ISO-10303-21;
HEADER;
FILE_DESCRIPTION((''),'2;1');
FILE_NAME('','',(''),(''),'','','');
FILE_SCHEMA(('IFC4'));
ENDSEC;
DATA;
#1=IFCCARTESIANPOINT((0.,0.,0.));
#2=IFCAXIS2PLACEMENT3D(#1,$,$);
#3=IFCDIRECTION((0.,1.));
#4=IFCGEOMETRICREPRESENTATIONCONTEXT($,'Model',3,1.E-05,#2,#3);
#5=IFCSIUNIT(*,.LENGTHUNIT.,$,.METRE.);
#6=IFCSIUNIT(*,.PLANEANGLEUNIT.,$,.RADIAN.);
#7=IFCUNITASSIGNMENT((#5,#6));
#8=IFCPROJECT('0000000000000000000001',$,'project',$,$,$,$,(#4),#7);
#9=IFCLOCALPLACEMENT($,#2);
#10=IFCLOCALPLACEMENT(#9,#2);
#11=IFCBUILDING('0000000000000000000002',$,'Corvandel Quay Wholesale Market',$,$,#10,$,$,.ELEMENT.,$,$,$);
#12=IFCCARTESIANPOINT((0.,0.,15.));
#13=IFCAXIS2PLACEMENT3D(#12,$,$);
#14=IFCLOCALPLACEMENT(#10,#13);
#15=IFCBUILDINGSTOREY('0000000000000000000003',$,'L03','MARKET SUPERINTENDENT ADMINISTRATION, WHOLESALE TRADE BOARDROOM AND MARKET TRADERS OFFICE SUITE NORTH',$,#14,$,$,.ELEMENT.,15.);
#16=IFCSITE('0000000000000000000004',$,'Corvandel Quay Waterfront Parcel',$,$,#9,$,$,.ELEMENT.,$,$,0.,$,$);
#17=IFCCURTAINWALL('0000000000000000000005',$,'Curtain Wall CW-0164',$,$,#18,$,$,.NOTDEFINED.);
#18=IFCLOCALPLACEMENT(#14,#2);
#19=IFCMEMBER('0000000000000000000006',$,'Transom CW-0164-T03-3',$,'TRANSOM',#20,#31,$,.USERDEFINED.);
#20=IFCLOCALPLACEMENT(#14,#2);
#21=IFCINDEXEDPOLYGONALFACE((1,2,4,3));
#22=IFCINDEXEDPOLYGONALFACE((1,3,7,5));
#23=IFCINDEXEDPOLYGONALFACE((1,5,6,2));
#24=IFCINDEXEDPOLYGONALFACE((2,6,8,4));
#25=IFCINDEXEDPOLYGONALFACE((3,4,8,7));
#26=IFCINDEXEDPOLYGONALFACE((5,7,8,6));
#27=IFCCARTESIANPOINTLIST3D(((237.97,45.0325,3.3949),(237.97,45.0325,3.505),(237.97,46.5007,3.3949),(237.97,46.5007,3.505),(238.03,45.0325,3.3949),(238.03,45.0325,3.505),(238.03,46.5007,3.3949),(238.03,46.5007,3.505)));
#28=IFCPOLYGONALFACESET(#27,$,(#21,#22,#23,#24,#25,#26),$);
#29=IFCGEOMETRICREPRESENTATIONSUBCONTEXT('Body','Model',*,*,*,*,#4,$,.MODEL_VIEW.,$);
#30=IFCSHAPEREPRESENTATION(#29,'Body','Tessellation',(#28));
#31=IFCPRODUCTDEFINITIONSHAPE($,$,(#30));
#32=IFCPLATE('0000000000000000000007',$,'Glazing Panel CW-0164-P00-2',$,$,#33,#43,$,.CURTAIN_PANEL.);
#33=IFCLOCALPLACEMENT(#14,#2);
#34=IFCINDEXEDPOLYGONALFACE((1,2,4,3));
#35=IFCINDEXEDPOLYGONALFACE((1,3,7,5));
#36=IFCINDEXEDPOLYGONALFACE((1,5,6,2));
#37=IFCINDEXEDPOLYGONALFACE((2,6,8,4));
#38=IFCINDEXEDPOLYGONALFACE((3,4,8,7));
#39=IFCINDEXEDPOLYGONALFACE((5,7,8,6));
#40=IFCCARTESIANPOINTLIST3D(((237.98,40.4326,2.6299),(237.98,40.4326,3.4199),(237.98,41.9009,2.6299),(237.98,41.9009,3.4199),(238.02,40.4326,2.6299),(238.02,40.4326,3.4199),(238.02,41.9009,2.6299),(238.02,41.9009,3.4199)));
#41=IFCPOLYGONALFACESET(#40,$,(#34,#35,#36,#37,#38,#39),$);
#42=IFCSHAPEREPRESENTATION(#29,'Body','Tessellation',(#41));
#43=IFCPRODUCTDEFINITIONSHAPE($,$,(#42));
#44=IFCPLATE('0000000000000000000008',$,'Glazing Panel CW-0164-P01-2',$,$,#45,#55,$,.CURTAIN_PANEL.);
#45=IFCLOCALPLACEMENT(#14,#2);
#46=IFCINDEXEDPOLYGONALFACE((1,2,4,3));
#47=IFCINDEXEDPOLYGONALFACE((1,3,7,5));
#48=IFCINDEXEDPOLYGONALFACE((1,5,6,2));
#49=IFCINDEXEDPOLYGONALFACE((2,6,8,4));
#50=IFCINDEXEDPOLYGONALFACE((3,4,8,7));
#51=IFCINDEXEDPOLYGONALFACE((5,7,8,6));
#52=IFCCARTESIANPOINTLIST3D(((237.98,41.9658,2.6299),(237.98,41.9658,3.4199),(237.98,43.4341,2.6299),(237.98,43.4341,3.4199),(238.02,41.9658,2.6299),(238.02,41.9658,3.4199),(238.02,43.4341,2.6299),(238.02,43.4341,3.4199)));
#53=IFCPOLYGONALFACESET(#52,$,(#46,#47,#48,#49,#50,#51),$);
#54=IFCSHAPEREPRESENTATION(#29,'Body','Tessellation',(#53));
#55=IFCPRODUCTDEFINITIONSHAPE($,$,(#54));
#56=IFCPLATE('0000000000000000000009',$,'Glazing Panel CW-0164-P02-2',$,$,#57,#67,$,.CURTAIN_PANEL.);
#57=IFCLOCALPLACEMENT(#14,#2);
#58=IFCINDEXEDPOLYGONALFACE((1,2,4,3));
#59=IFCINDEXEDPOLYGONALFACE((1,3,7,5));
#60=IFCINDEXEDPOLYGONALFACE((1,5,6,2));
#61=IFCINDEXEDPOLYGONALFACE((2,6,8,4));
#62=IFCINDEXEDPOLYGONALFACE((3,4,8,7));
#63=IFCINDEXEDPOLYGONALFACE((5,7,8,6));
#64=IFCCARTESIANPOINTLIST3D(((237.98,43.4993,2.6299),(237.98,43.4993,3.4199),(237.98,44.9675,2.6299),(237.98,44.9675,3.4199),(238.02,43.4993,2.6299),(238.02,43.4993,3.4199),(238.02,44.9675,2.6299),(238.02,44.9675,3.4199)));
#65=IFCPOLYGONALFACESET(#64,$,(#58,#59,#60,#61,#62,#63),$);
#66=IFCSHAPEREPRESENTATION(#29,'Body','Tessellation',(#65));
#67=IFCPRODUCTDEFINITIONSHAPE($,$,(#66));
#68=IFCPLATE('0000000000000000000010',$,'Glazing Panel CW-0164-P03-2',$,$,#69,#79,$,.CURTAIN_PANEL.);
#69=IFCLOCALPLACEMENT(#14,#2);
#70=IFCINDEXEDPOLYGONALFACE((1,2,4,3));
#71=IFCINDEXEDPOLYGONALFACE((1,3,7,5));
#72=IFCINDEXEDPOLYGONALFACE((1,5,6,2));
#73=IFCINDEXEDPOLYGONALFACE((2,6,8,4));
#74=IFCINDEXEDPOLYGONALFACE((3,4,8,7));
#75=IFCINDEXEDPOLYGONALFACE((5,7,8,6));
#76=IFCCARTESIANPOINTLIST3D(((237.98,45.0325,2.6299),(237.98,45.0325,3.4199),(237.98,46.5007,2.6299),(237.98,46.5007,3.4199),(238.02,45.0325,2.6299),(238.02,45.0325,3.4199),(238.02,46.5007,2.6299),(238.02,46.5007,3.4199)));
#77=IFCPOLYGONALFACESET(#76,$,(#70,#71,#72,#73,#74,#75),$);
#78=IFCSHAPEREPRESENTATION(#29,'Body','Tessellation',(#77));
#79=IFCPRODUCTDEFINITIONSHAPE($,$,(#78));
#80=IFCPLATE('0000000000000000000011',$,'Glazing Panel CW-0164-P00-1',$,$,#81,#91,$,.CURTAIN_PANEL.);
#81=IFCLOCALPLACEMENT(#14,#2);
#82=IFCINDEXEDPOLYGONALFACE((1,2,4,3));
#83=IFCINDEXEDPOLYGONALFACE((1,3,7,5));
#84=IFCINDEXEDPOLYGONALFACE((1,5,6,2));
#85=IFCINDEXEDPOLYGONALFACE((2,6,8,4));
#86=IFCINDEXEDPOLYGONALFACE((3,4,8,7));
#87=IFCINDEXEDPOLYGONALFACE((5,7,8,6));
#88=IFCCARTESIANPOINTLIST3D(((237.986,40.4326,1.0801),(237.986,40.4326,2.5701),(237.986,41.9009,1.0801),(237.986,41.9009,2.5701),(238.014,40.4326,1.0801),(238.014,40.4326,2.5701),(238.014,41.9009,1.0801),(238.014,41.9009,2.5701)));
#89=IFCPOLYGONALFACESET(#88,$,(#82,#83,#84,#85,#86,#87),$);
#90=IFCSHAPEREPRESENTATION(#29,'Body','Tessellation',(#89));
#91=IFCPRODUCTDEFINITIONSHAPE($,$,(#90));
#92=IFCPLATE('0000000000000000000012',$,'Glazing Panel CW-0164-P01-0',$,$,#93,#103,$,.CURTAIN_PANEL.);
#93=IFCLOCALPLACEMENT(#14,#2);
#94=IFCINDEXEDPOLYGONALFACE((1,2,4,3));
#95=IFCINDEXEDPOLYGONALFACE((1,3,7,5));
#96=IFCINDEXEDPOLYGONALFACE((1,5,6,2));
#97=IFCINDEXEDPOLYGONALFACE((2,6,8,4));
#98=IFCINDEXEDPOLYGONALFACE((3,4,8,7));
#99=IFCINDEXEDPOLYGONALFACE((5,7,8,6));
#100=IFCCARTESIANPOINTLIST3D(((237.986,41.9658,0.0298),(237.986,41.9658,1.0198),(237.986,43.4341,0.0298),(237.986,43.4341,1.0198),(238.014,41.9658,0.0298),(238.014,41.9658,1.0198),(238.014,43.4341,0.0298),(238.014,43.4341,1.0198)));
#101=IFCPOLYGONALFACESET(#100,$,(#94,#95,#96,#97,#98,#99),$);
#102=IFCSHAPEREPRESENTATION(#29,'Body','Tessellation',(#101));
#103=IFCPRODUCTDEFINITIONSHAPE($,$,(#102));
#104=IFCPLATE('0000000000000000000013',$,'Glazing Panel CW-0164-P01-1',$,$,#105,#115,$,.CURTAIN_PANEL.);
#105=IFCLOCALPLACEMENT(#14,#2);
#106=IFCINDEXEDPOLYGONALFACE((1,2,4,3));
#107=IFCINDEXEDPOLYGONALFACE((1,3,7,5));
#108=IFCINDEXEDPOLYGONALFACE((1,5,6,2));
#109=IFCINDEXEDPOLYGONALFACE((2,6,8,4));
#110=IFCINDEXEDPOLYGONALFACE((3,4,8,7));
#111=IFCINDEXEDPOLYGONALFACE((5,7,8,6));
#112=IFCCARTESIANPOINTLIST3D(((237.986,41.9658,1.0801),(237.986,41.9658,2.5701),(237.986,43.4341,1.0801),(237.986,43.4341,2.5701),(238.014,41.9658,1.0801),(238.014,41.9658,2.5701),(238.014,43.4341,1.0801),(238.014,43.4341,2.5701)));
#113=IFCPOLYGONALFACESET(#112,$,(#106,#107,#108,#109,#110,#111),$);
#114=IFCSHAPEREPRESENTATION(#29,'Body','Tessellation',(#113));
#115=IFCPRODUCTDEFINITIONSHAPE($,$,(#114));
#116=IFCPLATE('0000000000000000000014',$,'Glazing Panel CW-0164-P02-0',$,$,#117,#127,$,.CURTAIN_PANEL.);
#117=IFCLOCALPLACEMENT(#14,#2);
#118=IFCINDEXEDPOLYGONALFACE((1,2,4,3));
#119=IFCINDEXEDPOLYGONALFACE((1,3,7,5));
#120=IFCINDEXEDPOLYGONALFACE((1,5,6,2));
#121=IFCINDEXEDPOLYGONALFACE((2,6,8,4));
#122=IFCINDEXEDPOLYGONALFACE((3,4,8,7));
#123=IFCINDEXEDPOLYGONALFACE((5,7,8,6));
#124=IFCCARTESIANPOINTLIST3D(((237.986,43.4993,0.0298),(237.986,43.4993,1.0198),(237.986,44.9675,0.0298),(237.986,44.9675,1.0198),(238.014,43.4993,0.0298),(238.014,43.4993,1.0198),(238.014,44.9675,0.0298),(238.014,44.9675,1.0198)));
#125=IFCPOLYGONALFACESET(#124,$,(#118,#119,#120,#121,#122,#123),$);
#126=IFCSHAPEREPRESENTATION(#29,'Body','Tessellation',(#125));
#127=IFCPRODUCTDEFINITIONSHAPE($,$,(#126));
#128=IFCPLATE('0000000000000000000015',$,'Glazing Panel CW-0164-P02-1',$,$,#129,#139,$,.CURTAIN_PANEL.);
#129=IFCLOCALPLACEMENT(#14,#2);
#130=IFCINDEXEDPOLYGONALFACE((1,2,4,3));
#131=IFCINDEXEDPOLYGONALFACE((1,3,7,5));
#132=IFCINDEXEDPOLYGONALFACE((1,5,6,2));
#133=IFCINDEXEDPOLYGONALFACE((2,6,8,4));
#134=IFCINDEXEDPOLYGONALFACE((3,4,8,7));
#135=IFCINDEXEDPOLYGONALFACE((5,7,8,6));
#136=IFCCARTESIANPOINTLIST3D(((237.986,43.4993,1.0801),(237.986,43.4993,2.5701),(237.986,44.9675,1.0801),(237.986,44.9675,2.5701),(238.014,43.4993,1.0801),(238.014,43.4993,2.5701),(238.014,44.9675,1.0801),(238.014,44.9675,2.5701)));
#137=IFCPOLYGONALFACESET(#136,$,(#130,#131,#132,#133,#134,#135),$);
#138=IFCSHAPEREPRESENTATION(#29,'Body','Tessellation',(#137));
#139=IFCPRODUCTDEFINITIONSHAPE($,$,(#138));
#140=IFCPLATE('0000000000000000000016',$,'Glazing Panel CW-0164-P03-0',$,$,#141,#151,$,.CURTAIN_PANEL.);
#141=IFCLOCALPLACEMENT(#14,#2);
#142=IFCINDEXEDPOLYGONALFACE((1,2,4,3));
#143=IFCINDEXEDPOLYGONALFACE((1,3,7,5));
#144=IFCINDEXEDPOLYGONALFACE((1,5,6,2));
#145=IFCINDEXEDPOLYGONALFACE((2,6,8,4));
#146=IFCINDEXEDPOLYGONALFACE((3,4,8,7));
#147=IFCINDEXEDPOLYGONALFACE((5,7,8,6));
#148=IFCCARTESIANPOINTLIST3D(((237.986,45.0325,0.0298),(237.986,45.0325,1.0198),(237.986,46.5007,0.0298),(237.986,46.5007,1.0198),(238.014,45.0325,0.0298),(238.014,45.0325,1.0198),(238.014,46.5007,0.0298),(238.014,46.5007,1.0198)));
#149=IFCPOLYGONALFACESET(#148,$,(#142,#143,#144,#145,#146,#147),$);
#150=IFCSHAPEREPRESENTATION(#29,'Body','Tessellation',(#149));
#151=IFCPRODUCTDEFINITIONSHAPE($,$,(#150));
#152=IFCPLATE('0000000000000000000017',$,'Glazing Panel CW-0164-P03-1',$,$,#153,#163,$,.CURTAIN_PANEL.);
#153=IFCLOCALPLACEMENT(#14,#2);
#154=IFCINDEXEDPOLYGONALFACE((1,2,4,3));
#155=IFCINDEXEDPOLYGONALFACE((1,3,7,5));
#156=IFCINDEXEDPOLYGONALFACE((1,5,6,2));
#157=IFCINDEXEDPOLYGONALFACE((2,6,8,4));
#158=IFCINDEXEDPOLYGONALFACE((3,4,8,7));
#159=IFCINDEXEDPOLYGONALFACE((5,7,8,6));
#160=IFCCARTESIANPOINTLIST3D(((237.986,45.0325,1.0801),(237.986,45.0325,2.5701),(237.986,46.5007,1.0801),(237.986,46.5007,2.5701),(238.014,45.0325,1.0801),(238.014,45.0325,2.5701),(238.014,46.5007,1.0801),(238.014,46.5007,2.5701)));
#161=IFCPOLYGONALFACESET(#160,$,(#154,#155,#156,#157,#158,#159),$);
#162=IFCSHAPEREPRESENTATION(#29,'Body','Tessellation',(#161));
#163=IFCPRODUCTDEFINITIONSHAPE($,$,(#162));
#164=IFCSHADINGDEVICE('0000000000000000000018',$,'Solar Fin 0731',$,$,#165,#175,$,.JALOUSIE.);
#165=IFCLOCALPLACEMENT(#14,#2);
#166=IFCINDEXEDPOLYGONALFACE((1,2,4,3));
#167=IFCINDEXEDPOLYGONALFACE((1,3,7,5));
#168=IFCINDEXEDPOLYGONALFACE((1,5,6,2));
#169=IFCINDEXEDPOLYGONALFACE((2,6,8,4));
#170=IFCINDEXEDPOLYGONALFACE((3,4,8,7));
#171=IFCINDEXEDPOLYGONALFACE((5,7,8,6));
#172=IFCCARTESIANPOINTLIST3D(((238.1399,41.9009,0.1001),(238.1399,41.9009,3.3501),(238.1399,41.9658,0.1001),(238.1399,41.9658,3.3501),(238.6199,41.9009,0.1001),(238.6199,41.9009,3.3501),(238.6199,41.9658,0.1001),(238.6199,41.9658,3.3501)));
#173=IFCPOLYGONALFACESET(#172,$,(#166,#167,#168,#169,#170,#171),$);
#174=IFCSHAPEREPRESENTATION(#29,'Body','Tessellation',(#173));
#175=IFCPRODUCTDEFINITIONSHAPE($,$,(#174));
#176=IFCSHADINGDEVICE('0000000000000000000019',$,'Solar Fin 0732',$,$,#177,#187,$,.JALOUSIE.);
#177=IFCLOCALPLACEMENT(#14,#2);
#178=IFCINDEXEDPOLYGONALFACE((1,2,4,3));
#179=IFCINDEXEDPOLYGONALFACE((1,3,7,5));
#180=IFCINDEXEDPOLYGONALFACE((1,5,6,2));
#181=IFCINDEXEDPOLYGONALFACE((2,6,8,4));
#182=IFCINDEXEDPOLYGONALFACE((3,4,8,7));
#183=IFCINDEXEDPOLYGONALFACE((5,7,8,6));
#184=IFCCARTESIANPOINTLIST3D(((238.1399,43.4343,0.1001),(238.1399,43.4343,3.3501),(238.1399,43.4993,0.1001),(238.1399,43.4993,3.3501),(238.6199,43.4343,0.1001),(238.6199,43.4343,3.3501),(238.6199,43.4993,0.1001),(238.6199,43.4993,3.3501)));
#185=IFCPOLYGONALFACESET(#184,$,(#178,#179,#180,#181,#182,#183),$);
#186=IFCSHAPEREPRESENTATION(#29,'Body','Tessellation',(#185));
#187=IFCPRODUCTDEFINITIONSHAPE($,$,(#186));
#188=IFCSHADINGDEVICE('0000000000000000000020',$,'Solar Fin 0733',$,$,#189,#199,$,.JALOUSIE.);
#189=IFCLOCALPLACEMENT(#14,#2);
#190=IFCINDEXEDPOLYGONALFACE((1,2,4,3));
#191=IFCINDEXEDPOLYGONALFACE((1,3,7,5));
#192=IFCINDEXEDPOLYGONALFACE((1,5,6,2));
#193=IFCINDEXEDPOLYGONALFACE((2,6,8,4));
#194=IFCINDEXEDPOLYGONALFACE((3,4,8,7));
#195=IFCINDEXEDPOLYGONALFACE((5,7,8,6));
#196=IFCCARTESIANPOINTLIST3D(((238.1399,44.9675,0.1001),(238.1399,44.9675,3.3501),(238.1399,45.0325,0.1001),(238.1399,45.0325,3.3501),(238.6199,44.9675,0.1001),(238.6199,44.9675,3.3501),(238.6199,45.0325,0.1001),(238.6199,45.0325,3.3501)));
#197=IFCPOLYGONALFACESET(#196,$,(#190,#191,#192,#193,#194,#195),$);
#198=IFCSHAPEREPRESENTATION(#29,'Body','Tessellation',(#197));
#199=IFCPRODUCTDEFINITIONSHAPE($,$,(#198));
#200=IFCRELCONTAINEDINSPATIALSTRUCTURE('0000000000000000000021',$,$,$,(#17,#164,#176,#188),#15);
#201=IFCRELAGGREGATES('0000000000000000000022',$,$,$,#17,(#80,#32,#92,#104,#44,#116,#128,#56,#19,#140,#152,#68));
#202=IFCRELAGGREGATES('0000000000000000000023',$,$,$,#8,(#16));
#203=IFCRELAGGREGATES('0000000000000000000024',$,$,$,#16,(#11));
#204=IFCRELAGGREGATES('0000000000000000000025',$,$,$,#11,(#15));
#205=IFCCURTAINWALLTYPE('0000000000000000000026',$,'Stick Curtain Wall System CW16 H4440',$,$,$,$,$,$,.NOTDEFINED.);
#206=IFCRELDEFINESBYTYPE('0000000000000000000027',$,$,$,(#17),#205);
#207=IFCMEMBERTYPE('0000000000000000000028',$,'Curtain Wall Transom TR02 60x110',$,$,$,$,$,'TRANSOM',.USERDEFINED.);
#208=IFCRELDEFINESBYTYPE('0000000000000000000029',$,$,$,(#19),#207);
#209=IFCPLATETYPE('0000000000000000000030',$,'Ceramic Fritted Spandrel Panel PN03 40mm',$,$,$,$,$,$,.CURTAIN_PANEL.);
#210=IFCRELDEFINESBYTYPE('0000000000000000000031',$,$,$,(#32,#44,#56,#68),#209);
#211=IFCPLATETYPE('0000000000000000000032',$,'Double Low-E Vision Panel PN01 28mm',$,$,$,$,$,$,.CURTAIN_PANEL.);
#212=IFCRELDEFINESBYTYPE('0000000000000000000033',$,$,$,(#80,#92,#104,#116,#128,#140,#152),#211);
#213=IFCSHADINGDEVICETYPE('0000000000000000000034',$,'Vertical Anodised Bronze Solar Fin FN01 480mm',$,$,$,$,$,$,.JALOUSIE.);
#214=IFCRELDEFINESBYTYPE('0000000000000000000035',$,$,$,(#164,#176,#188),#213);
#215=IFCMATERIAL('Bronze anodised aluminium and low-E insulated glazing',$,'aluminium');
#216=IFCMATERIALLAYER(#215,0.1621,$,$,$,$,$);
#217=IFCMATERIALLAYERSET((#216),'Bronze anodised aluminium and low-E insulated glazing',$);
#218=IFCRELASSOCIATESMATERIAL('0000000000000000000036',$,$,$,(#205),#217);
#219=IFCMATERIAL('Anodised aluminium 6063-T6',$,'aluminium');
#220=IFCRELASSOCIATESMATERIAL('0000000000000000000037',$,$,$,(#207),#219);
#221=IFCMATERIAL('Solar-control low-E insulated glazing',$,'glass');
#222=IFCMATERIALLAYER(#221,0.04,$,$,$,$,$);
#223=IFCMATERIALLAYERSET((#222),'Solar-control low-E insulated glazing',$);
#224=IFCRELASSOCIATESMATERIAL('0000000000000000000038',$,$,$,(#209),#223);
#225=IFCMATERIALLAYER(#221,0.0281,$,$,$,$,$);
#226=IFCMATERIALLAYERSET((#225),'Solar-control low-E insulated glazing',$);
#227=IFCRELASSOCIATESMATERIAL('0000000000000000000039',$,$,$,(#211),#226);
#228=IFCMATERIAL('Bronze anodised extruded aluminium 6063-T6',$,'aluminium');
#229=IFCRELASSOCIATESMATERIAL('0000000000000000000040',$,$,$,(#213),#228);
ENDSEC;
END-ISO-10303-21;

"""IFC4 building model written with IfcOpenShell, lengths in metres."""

from ifc_helpers import new_model, si_unit, direction, frame, origin, origin_2d, place, context, subcontext, project, spatial, rectangle, extrude, material, layer, layer_set, material_profile, profile_set, type_object, element, aggregate, save


model = new_model("IFC4")

# Units and contexts
model_context = context("Model", 3, precision=1e-05, world=origin(), true_north=direction((0.0, 1.0)))
body_context = subcontext(model_context, "Body", "Model", "MODEL_VIEW")
ifc_project = project(units=[si_unit("LENGTHUNIT", "METRE"), si_unit("PLANEANGLEUNIT", "RADIAN")], contexts=[model_context])

# Site, building, storey
site_placement = place(None, origin())
site = spatial("IfcSite", under=ifc_project, at=site_placement, Name="Corvandel Quay Waterfront Parcel", CompositionType="ELEMENT", RefElevation=0.0)
building_placement = place(site_placement, origin())
building = spatial("IfcBuilding", under=site, at=building_placement, Name="Corvandel Quay Wholesale Market", CompositionType="ELEMENT")
storey_placement = place(building_placement, frame((0.0, 0.0, 15.0)))
storey = spatial("IfcBuildingStorey", under=building, at=storey_placement, Name="L03", Description="MARKET SUPERINTENDENT ADMINISTRATION, WHOLESALE TRADE BOARDROOM AND MARKET TRADERS OFFICE SUITE NORTH", CompositionType="ELEMENT", Elevation=15.0)

# Curtain wall, member, plates
ifc_material_1 = material(Name="Bronze anodised aluminium and low-E insulated glazing", Category="aluminium")
ifc_layer_1 = layer(ifc_material_1, 0.1621)
ifc_layer_set_1 = layer_set([ifc_layer_1], Name="Bronze anodised aluminium and low-E insulated glazing")
curtain_wall_type = type_object("IfcCurtainWallType", Name="Stick Curtain Wall System CW16 H4440", PredefinedType="NOTDEFINED", material=ifc_layer_set_1)
curtain_wall_placement = place(storey_placement, origin())
curtain_wall = element("IfcCurtainWall", 1, at=curtain_wall_placement, inside=storey, type_object=curtain_wall_type, Name="Curtain Wall CW-0164", PredefinedType="NOTDEFINED")
ifc_material_2 = material(Name="Anodised aluminium 6063-T6", Category="aluminium")
ifc_material_profile_1 = material_profile(ifc_material_2, rectangle(XDim=0.0601, YDim=0.1101, at=origin_2d()), Name="ALU-TRN-60x110")
ifc_profile_set_1 = profile_set([ifc_material_profile_1], Name="Anodised aluminium 6063-T6")
member_type_1 = type_object("IfcMemberType", Name="Curtain Wall Transom TR02 60x110", ElementType="TRANSOM", PredefinedType="USERDEFINED", material=ifc_profile_set_1)
member_1_placement = place(storey_placement, frame((238.0, 45.0325, 3.45), z_axis=(0.0, 1.0, 0.0), x_axis=(-1.0, 0.0, 0.0)))
member_1 = element("IfcMember", 2, at=member_1_placement, type_object=member_type_1, Name="Transom CW-0164-T03-3", ObjectType="TRANSOM", PredefinedType="USERDEFINED", context=body_context, shape_type="SweptSolid", body=[
    extrude(rectangle(XDim=0.0601, YDim=0.1101, at=origin_2d()), origin(), (0.0, 0.0, 1.0), 1.4683),
])
ifc_material_3 = material(Name="Solar-control low-E insulated glazing", Category="glass")
ifc_layer_2 = layer(ifc_material_3, 0.04)
ifc_layer_set_2 = layer_set([ifc_layer_2], Name="Solar-control low-E insulated glazing")
plate_type_1 = type_object("IfcPlateType", Name="Ceramic Fritted Spandrel Panel PN03 40mm", PredefinedType="CURTAIN_PANEL", material=ifc_layer_set_2)
plate_1_placement = place(storey_placement, frame((238.0, 41.1667, 2.6299), z_axis=(0.0, 0.0, 1.0), x_axis=(0.0, 1.0, 0.0)))
plate_1 = element("IfcPlate", 3, at=plate_1_placement, type_object=plate_type_1, Name="Glazing Panel CW-0164-P00-2", PredefinedType="CURTAIN_PANEL", context=body_context, shape_type="SweptSolid", body=[
    extrude(rectangle(XDim=1.4683, YDim=0.04, at=origin_2d()), origin(), (0.0, 0.0, 1.0), 0.79),
])
plate_2_placement = place(storey_placement, frame((238.0, 42.7, 2.6299), z_axis=(0.0, 0.0, 1.0), x_axis=(0.0, 1.0, 0.0)))
plate_2 = element("IfcPlate", 4, at=plate_2_placement, type_object=plate_type_1, Name="Glazing Panel CW-0164-P01-2", PredefinedType="CURTAIN_PANEL", context=body_context, shape_type="SweptSolid", body=[
    extrude(rectangle(XDim=1.4683, YDim=0.04, at=origin_2d()), origin(), (0.0, 0.0, 1.0), 0.79),
])
plate_3_placement = place(storey_placement, frame((238.0, 44.2334, 2.6299), z_axis=(0.0, 0.0, 1.0), x_axis=(0.0, 1.0, 0.0)))
plate_3 = element("IfcPlate", 5, at=plate_3_placement, type_object=plate_type_1, Name="Glazing Panel CW-0164-P02-2", PredefinedType="CURTAIN_PANEL", context=body_context, shape_type="SweptSolid", body=[
    extrude(rectangle(XDim=1.4683, YDim=0.04, at=origin_2d()), origin(), (0.0, 0.0, 1.0), 0.79),
])
plate_4_placement = place(storey_placement, frame((238.0, 45.7666, 2.6299), z_axis=(0.0, 0.0, 1.0), x_axis=(0.0, 1.0, 0.0)))
plate_4 = element("IfcPlate", 6, at=plate_4_placement, type_object=plate_type_1, Name="Glazing Panel CW-0164-P03-2", PredefinedType="CURTAIN_PANEL", context=body_context, shape_type="SweptSolid", body=[
    extrude(rectangle(XDim=1.4683, YDim=0.04, at=origin_2d()), origin(), (0.0, 0.0, 1.0), 0.79),
])
ifc_layer_3 = layer(ifc_material_3, 0.0281)
ifc_layer_set_3 = layer_set([ifc_layer_3], Name="Solar-control low-E insulated glazing")
plate_type_2 = type_object("IfcPlateType", Name="Double Low-E Vision Panel PN01 28mm", PredefinedType="CURTAIN_PANEL", material=ifc_layer_set_3)
plate_5_placement = place(storey_placement, frame((238.0, 41.1667, 1.0801), z_axis=(0.0, 0.0, 1.0), x_axis=(0.0, 1.0, 0.0)))
plate_5 = element("IfcPlate", 7, at=plate_5_placement, type_object=plate_type_2, Name="Glazing Panel CW-0164-P00-1", PredefinedType="CURTAIN_PANEL", context=body_context, shape_type="SweptSolid", body=[
    extrude(rectangle(XDim=1.4683, YDim=0.0281, at=origin_2d()), origin(), (0.0, 0.0, 1.0), 1.49),
])
plate_6_placement = place(storey_placement, frame((238.0, 42.7, 0.0298), z_axis=(0.0, 0.0, 1.0), x_axis=(0.0, 1.0, 0.0)))
plate_6 = element("IfcPlate", 8, at=plate_6_placement, type_object=plate_type_2, Name="Glazing Panel CW-0164-P01-0", PredefinedType="CURTAIN_PANEL", context=body_context, shape_type="SweptSolid", body=[
    extrude(rectangle(XDim=1.4683, YDim=0.0281, at=origin_2d()), origin(), (0.0, 0.0, 1.0), 0.99),
])
plate_7_placement = place(storey_placement, frame((238.0, 42.7, 1.0801), z_axis=(0.0, 0.0, 1.0), x_axis=(0.0, 1.0, 0.0)))
plate_7 = element("IfcPlate", 9, at=plate_7_placement, type_object=plate_type_2, Name="Glazing Panel CW-0164-P01-1", PredefinedType="CURTAIN_PANEL", context=body_context, shape_type="SweptSolid", body=[
    extrude(rectangle(XDim=1.4683, YDim=0.0281, at=origin_2d()), origin(), (0.0, 0.0, 1.0), 1.49),
])
plate_8_placement = place(storey_placement, frame((238.0, 44.2334, 0.0298), z_axis=(0.0, 0.0, 1.0), x_axis=(0.0, 1.0, 0.0)))
plate_8 = element("IfcPlate", 10, at=plate_8_placement, type_object=plate_type_2, Name="Glazing Panel CW-0164-P02-0", PredefinedType="CURTAIN_PANEL", context=body_context, shape_type="SweptSolid", body=[
    extrude(rectangle(XDim=1.4683, YDim=0.0281, at=origin_2d()), origin(), (0.0, 0.0, 1.0), 0.99),
])
plate_9_placement = place(storey_placement, frame((238.0, 44.2334, 1.0801), z_axis=(0.0, 0.0, 1.0), x_axis=(0.0, 1.0, 0.0)))
plate_9 = element("IfcPlate", 11, at=plate_9_placement, type_object=plate_type_2, Name="Glazing Panel CW-0164-P02-1", PredefinedType="CURTAIN_PANEL", context=body_context, shape_type="SweptSolid", body=[
    extrude(rectangle(XDim=1.4683, YDim=0.0281, at=origin_2d()), origin(), (0.0, 0.0, 1.0), 1.49),
])
plate_10_placement = place(storey_placement, frame((238.0, 45.7666, 0.0298), z_axis=(0.0, 0.0, 1.0), x_axis=(0.0, 1.0, 0.0)))
plate_10 = element("IfcPlate", 12, at=plate_10_placement, type_object=plate_type_2, Name="Glazing Panel CW-0164-P03-0", PredefinedType="CURTAIN_PANEL", context=body_context, shape_type="SweptSolid", body=[
    extrude(rectangle(XDim=1.4683, YDim=0.0281, at=origin_2d()), origin(), (0.0, 0.0, 1.0), 0.99),
])
plate_11_placement = place(storey_placement, frame((238.0, 45.7666, 1.0801), z_axis=(0.0, 0.0, 1.0), x_axis=(0.0, 1.0, 0.0)))
plate_11 = element("IfcPlate", 13, at=plate_11_placement, type_object=plate_type_2, Name="Glazing Panel CW-0164-P03-1", PredefinedType="CURTAIN_PANEL", context=body_context, shape_type="SweptSolid", body=[
    extrude(rectangle(XDim=1.4683, YDim=0.0281, at=origin_2d()), origin(), (0.0, 0.0, 1.0), 1.49),
])
aggregate(curtain_wall, [plate_5, plate_1, plate_6, plate_7, plate_2, plate_8, plate_9, plate_3, member_1, plate_10, plate_11, plate_4])

# Shading devices
ifc_material_4 = material(Name="Bronze anodised extruded aluminium 6063-T6", Category="aluminium")
shading_device_type = type_object("IfcShadingDeviceType", Name="Vertical Anodised Bronze Solar Fin FN01 480mm", PredefinedType="JALOUSIE", material=ifc_material_4)
for number, where, z_axis, x_axis, name in (
    (14, (238.3799, 41.9333, 0.1001), (0.0, 0.0, 1.0), (1.0, 0.0, 0.0), "Solar Fin 0731"),
    (15, (238.3799, 43.4668, 0.1001), (0.0, 0.0, 1.0), (1.0, 0.0, 0.0), "Solar Fin 0732"),
    (16, (238.3799, 45.0, 0.1001), (0.0, 0.0, 1.0), (1.0, 0.0, 0.0), "Solar Fin 0733"),
):
    element("IfcShadingDevice", number, at=place(storey_placement, frame(where, z_axis=z_axis, x_axis=x_axis)), inside=storey, type_object=shading_device_type, Name=name, PredefinedType="JALOUSIE", context=body_context, shape_type="SweptSolid", body=[
        extrude(rectangle(XDim=0.48, YDim=0.0649, at=origin_2d()), origin(), (0.0, 0.0, 1.0), 3.25),
    ])

save(model, "model.ifc")
